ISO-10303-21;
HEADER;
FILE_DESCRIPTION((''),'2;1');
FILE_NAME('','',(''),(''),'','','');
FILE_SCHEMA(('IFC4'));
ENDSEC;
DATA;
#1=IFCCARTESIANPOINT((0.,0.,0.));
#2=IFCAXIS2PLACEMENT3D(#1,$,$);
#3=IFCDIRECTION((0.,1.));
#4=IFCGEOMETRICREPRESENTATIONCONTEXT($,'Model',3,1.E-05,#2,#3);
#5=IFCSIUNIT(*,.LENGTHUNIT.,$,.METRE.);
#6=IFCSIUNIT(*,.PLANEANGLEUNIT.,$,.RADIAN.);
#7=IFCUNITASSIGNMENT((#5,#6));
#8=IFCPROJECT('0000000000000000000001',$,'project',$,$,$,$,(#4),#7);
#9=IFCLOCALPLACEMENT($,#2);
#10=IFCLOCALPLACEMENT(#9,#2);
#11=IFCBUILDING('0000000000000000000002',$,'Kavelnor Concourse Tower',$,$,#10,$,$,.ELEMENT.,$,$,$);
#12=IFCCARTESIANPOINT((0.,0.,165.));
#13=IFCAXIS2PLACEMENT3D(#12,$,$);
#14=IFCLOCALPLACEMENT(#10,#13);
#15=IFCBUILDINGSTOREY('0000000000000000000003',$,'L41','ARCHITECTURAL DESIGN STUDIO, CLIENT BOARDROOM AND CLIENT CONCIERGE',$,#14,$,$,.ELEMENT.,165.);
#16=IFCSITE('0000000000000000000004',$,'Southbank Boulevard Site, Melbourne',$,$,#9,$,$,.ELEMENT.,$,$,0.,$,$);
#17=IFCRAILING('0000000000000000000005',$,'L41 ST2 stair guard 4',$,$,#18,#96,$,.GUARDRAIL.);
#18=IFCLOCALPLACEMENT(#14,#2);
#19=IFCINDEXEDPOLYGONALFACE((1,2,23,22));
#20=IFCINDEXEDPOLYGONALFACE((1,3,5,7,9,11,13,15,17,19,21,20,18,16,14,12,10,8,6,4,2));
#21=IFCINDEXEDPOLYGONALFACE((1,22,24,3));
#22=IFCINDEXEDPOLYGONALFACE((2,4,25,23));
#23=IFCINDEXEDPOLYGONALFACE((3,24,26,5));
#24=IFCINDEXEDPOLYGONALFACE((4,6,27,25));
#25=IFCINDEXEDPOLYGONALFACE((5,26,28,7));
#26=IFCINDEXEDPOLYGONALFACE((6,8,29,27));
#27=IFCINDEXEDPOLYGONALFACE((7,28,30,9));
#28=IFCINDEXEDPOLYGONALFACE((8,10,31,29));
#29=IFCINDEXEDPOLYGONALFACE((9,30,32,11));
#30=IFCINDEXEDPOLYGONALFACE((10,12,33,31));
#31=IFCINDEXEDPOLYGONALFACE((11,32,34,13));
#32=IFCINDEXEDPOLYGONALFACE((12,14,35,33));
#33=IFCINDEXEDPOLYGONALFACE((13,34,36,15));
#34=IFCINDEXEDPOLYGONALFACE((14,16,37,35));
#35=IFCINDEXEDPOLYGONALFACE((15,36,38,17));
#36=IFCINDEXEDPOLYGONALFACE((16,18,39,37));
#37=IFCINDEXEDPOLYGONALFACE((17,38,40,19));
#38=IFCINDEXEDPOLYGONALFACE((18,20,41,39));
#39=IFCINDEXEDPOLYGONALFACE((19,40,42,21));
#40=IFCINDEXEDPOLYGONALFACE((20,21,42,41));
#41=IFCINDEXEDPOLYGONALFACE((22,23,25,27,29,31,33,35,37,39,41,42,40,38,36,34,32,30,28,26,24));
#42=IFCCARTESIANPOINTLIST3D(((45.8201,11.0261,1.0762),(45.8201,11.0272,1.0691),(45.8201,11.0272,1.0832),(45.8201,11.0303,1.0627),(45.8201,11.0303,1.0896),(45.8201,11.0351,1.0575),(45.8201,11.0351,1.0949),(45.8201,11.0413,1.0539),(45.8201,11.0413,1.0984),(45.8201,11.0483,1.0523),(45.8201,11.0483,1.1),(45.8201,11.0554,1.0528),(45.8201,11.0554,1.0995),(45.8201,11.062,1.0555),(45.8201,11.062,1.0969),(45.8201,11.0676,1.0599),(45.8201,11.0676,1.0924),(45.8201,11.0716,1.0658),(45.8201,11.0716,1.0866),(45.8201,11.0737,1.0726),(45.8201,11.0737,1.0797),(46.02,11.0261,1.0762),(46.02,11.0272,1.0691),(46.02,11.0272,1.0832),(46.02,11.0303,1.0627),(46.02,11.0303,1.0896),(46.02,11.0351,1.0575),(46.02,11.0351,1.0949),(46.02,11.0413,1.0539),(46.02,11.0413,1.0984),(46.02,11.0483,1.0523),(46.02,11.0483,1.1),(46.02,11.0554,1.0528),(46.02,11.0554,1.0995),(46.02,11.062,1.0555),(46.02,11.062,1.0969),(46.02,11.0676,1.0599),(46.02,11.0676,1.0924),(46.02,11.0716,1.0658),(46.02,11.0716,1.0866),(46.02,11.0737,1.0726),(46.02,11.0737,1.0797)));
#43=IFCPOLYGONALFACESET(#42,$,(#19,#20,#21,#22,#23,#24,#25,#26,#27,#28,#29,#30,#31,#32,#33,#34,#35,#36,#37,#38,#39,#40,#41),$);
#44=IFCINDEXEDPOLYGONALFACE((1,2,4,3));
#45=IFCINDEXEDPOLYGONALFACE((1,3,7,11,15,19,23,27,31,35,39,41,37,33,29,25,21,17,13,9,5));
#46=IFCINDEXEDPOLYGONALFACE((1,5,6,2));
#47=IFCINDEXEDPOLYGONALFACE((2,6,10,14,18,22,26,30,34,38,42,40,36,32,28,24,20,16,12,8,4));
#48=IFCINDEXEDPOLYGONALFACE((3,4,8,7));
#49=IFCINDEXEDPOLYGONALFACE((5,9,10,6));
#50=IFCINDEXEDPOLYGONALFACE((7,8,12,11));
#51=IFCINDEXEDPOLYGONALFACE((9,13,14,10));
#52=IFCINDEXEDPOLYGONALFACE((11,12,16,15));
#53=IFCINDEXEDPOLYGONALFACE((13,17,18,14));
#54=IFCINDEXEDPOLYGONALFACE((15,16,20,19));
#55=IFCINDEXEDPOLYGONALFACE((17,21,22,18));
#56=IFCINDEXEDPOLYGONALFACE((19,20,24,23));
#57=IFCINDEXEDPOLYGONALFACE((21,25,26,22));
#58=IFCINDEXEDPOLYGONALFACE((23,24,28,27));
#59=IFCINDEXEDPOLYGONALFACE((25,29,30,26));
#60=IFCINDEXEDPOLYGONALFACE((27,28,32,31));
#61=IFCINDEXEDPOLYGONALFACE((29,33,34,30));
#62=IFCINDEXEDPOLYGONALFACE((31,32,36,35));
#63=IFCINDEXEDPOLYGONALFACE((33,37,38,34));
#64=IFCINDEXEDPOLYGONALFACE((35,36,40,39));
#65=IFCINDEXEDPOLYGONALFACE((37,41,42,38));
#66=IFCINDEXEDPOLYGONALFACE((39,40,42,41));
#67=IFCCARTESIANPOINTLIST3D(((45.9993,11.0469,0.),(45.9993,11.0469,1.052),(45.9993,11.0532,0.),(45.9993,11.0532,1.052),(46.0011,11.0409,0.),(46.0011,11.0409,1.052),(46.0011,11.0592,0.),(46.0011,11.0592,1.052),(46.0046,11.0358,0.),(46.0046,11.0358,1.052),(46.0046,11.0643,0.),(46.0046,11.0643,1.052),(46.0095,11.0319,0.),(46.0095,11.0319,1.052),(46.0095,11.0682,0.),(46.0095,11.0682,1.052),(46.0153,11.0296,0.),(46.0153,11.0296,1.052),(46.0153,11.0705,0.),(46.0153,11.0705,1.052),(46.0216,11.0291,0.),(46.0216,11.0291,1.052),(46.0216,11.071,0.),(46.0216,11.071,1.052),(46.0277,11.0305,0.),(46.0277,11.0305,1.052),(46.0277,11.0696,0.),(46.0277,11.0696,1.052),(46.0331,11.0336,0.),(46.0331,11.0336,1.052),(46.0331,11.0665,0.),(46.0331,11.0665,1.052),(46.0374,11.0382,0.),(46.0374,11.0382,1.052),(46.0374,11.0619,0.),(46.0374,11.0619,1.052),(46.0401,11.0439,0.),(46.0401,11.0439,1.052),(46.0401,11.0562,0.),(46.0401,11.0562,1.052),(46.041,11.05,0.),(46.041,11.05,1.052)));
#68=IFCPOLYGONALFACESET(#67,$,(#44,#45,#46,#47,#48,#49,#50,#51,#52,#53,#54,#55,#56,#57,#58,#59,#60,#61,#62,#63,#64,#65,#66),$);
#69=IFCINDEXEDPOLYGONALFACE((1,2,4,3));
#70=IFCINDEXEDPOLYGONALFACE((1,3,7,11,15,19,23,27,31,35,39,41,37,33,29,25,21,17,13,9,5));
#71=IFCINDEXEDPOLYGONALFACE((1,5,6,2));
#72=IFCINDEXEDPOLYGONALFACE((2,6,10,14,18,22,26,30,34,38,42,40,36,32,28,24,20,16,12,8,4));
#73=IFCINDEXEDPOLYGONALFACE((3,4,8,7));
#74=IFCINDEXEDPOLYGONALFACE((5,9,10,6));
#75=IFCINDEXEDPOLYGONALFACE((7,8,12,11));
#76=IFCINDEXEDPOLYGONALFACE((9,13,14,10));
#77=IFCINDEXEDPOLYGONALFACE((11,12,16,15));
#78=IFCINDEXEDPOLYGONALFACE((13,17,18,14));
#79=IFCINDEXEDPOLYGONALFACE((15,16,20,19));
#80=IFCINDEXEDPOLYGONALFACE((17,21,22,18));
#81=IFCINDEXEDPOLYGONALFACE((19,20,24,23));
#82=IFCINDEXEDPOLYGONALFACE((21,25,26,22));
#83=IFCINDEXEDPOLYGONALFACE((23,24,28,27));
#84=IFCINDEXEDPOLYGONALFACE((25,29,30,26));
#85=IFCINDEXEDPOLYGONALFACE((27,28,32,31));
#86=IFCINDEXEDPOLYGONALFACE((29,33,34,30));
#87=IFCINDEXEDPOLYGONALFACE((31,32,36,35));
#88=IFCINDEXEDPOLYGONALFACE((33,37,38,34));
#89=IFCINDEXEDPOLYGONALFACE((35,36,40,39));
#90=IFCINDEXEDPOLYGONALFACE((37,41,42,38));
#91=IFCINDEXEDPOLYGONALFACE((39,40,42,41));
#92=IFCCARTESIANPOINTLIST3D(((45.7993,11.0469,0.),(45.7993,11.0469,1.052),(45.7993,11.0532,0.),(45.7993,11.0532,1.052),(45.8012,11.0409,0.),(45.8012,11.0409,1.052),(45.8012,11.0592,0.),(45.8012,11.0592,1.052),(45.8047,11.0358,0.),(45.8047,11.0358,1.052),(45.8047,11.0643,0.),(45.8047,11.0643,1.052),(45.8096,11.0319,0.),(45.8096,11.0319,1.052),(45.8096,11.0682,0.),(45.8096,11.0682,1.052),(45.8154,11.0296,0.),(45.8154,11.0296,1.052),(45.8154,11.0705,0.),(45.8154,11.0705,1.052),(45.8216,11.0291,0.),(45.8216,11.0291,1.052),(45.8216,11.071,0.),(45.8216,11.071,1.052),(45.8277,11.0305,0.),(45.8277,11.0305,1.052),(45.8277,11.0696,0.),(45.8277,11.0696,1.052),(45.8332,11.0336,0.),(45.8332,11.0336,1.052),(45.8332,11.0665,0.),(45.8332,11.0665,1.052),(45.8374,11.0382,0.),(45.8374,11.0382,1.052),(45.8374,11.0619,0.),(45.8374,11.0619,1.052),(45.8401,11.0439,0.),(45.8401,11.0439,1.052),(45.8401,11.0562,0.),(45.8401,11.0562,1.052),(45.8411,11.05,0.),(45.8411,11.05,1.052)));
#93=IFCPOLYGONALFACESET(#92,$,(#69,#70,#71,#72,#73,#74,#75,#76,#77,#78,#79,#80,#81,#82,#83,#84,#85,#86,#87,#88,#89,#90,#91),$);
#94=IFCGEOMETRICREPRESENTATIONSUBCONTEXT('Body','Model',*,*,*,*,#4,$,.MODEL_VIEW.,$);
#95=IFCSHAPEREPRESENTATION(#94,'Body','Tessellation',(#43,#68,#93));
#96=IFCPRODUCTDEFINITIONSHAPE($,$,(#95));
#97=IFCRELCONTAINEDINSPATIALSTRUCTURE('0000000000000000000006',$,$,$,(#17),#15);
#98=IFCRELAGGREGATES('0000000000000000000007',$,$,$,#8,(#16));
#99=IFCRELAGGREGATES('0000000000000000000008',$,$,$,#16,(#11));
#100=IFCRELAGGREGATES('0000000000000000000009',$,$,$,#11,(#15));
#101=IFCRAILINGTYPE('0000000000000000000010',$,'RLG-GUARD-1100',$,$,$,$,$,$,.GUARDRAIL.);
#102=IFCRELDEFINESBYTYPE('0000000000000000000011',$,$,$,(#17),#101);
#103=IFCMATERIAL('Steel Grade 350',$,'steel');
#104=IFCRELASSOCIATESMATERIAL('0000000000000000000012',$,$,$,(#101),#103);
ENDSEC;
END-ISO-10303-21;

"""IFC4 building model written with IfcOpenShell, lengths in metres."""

from ifc_helpers import new_model, si_unit, direction, frame, origin, origin_2d, place, context, subcontext, project, spatial, circle, extrude, material, type_object, element, save


model = new_model("IFC4")

# Units and contexts
model_context = context("Model", 3, precision=1e-05, world=origin(), true_north=direction((0.0, 1.0)))
body_context = subcontext(model_context, "Body", "Model", "MODEL_VIEW")
ifc_project = project(units=[si_unit("LENGTHUNIT", "METRE"), si_unit("PLANEANGLEUNIT", "RADIAN")], contexts=[model_context])

# Site, building, storey
site_placement = place(None, origin())
site = spatial("IfcSite", under=ifc_project, at=site_placement, Name="Southbank Boulevard Site, Melbourne", CompositionType="ELEMENT", RefElevation=0.0)
building_placement = place(site_placement, origin())
building = spatial("IfcBuilding", under=site, at=building_placement, Name="Kavelnor Concourse Tower", CompositionType="ELEMENT")
storey_placement = place(building_placement, frame((0.0, 0.0, 165.0)))
storey = spatial("IfcBuildingStorey", under=building, at=storey_placement, Name="L41", Description="ARCHITECTURAL DESIGN STUDIO, CLIENT BOARDROOM AND CLIENT CONCIERGE", CompositionType="ELEMENT", Elevation=165.0)

# Shared definitions
ifc_material_1 = material(Name="Steel Grade 350", Category="steel")

# Railing
railing_type_1 = type_object("IfcRailingType", Name="RLG-GUARD-1100", PredefinedType="GUARDRAIL", material=ifc_material_1)
railing_1_placement = place(storey_placement, frame((46.02, 11.05, 0.0)))
element("IfcRailing", 1, at=railing_1_placement, inside=storey, type_object=railing_type_1, Name="L41 ST2 stair guard 4", PredefinedType="GUARDRAIL", context=body_context, shape_type="SweptSolid", body=[
    extrude(circle(Radius=0.0239, at=origin_2d()), frame((0.0, 0.0, 1.0762), z_axis=(-1.0, 0.0, 0.0), x_axis=(0.0, -1.0, 0.0)), (0.0, 0.0, 1.0), 0.2),
    extrude(circle(Radius=0.021, at=origin_2d()), origin(), (0.0, 0.0, 1.0), 1.052),
    extrude(circle(Radius=0.021, at=origin_2d()), frame((-0.2, 0.0, 0.0)), (0.0, 0.0, 1.0), 1.052),
])

save(model, "model.ifc")
